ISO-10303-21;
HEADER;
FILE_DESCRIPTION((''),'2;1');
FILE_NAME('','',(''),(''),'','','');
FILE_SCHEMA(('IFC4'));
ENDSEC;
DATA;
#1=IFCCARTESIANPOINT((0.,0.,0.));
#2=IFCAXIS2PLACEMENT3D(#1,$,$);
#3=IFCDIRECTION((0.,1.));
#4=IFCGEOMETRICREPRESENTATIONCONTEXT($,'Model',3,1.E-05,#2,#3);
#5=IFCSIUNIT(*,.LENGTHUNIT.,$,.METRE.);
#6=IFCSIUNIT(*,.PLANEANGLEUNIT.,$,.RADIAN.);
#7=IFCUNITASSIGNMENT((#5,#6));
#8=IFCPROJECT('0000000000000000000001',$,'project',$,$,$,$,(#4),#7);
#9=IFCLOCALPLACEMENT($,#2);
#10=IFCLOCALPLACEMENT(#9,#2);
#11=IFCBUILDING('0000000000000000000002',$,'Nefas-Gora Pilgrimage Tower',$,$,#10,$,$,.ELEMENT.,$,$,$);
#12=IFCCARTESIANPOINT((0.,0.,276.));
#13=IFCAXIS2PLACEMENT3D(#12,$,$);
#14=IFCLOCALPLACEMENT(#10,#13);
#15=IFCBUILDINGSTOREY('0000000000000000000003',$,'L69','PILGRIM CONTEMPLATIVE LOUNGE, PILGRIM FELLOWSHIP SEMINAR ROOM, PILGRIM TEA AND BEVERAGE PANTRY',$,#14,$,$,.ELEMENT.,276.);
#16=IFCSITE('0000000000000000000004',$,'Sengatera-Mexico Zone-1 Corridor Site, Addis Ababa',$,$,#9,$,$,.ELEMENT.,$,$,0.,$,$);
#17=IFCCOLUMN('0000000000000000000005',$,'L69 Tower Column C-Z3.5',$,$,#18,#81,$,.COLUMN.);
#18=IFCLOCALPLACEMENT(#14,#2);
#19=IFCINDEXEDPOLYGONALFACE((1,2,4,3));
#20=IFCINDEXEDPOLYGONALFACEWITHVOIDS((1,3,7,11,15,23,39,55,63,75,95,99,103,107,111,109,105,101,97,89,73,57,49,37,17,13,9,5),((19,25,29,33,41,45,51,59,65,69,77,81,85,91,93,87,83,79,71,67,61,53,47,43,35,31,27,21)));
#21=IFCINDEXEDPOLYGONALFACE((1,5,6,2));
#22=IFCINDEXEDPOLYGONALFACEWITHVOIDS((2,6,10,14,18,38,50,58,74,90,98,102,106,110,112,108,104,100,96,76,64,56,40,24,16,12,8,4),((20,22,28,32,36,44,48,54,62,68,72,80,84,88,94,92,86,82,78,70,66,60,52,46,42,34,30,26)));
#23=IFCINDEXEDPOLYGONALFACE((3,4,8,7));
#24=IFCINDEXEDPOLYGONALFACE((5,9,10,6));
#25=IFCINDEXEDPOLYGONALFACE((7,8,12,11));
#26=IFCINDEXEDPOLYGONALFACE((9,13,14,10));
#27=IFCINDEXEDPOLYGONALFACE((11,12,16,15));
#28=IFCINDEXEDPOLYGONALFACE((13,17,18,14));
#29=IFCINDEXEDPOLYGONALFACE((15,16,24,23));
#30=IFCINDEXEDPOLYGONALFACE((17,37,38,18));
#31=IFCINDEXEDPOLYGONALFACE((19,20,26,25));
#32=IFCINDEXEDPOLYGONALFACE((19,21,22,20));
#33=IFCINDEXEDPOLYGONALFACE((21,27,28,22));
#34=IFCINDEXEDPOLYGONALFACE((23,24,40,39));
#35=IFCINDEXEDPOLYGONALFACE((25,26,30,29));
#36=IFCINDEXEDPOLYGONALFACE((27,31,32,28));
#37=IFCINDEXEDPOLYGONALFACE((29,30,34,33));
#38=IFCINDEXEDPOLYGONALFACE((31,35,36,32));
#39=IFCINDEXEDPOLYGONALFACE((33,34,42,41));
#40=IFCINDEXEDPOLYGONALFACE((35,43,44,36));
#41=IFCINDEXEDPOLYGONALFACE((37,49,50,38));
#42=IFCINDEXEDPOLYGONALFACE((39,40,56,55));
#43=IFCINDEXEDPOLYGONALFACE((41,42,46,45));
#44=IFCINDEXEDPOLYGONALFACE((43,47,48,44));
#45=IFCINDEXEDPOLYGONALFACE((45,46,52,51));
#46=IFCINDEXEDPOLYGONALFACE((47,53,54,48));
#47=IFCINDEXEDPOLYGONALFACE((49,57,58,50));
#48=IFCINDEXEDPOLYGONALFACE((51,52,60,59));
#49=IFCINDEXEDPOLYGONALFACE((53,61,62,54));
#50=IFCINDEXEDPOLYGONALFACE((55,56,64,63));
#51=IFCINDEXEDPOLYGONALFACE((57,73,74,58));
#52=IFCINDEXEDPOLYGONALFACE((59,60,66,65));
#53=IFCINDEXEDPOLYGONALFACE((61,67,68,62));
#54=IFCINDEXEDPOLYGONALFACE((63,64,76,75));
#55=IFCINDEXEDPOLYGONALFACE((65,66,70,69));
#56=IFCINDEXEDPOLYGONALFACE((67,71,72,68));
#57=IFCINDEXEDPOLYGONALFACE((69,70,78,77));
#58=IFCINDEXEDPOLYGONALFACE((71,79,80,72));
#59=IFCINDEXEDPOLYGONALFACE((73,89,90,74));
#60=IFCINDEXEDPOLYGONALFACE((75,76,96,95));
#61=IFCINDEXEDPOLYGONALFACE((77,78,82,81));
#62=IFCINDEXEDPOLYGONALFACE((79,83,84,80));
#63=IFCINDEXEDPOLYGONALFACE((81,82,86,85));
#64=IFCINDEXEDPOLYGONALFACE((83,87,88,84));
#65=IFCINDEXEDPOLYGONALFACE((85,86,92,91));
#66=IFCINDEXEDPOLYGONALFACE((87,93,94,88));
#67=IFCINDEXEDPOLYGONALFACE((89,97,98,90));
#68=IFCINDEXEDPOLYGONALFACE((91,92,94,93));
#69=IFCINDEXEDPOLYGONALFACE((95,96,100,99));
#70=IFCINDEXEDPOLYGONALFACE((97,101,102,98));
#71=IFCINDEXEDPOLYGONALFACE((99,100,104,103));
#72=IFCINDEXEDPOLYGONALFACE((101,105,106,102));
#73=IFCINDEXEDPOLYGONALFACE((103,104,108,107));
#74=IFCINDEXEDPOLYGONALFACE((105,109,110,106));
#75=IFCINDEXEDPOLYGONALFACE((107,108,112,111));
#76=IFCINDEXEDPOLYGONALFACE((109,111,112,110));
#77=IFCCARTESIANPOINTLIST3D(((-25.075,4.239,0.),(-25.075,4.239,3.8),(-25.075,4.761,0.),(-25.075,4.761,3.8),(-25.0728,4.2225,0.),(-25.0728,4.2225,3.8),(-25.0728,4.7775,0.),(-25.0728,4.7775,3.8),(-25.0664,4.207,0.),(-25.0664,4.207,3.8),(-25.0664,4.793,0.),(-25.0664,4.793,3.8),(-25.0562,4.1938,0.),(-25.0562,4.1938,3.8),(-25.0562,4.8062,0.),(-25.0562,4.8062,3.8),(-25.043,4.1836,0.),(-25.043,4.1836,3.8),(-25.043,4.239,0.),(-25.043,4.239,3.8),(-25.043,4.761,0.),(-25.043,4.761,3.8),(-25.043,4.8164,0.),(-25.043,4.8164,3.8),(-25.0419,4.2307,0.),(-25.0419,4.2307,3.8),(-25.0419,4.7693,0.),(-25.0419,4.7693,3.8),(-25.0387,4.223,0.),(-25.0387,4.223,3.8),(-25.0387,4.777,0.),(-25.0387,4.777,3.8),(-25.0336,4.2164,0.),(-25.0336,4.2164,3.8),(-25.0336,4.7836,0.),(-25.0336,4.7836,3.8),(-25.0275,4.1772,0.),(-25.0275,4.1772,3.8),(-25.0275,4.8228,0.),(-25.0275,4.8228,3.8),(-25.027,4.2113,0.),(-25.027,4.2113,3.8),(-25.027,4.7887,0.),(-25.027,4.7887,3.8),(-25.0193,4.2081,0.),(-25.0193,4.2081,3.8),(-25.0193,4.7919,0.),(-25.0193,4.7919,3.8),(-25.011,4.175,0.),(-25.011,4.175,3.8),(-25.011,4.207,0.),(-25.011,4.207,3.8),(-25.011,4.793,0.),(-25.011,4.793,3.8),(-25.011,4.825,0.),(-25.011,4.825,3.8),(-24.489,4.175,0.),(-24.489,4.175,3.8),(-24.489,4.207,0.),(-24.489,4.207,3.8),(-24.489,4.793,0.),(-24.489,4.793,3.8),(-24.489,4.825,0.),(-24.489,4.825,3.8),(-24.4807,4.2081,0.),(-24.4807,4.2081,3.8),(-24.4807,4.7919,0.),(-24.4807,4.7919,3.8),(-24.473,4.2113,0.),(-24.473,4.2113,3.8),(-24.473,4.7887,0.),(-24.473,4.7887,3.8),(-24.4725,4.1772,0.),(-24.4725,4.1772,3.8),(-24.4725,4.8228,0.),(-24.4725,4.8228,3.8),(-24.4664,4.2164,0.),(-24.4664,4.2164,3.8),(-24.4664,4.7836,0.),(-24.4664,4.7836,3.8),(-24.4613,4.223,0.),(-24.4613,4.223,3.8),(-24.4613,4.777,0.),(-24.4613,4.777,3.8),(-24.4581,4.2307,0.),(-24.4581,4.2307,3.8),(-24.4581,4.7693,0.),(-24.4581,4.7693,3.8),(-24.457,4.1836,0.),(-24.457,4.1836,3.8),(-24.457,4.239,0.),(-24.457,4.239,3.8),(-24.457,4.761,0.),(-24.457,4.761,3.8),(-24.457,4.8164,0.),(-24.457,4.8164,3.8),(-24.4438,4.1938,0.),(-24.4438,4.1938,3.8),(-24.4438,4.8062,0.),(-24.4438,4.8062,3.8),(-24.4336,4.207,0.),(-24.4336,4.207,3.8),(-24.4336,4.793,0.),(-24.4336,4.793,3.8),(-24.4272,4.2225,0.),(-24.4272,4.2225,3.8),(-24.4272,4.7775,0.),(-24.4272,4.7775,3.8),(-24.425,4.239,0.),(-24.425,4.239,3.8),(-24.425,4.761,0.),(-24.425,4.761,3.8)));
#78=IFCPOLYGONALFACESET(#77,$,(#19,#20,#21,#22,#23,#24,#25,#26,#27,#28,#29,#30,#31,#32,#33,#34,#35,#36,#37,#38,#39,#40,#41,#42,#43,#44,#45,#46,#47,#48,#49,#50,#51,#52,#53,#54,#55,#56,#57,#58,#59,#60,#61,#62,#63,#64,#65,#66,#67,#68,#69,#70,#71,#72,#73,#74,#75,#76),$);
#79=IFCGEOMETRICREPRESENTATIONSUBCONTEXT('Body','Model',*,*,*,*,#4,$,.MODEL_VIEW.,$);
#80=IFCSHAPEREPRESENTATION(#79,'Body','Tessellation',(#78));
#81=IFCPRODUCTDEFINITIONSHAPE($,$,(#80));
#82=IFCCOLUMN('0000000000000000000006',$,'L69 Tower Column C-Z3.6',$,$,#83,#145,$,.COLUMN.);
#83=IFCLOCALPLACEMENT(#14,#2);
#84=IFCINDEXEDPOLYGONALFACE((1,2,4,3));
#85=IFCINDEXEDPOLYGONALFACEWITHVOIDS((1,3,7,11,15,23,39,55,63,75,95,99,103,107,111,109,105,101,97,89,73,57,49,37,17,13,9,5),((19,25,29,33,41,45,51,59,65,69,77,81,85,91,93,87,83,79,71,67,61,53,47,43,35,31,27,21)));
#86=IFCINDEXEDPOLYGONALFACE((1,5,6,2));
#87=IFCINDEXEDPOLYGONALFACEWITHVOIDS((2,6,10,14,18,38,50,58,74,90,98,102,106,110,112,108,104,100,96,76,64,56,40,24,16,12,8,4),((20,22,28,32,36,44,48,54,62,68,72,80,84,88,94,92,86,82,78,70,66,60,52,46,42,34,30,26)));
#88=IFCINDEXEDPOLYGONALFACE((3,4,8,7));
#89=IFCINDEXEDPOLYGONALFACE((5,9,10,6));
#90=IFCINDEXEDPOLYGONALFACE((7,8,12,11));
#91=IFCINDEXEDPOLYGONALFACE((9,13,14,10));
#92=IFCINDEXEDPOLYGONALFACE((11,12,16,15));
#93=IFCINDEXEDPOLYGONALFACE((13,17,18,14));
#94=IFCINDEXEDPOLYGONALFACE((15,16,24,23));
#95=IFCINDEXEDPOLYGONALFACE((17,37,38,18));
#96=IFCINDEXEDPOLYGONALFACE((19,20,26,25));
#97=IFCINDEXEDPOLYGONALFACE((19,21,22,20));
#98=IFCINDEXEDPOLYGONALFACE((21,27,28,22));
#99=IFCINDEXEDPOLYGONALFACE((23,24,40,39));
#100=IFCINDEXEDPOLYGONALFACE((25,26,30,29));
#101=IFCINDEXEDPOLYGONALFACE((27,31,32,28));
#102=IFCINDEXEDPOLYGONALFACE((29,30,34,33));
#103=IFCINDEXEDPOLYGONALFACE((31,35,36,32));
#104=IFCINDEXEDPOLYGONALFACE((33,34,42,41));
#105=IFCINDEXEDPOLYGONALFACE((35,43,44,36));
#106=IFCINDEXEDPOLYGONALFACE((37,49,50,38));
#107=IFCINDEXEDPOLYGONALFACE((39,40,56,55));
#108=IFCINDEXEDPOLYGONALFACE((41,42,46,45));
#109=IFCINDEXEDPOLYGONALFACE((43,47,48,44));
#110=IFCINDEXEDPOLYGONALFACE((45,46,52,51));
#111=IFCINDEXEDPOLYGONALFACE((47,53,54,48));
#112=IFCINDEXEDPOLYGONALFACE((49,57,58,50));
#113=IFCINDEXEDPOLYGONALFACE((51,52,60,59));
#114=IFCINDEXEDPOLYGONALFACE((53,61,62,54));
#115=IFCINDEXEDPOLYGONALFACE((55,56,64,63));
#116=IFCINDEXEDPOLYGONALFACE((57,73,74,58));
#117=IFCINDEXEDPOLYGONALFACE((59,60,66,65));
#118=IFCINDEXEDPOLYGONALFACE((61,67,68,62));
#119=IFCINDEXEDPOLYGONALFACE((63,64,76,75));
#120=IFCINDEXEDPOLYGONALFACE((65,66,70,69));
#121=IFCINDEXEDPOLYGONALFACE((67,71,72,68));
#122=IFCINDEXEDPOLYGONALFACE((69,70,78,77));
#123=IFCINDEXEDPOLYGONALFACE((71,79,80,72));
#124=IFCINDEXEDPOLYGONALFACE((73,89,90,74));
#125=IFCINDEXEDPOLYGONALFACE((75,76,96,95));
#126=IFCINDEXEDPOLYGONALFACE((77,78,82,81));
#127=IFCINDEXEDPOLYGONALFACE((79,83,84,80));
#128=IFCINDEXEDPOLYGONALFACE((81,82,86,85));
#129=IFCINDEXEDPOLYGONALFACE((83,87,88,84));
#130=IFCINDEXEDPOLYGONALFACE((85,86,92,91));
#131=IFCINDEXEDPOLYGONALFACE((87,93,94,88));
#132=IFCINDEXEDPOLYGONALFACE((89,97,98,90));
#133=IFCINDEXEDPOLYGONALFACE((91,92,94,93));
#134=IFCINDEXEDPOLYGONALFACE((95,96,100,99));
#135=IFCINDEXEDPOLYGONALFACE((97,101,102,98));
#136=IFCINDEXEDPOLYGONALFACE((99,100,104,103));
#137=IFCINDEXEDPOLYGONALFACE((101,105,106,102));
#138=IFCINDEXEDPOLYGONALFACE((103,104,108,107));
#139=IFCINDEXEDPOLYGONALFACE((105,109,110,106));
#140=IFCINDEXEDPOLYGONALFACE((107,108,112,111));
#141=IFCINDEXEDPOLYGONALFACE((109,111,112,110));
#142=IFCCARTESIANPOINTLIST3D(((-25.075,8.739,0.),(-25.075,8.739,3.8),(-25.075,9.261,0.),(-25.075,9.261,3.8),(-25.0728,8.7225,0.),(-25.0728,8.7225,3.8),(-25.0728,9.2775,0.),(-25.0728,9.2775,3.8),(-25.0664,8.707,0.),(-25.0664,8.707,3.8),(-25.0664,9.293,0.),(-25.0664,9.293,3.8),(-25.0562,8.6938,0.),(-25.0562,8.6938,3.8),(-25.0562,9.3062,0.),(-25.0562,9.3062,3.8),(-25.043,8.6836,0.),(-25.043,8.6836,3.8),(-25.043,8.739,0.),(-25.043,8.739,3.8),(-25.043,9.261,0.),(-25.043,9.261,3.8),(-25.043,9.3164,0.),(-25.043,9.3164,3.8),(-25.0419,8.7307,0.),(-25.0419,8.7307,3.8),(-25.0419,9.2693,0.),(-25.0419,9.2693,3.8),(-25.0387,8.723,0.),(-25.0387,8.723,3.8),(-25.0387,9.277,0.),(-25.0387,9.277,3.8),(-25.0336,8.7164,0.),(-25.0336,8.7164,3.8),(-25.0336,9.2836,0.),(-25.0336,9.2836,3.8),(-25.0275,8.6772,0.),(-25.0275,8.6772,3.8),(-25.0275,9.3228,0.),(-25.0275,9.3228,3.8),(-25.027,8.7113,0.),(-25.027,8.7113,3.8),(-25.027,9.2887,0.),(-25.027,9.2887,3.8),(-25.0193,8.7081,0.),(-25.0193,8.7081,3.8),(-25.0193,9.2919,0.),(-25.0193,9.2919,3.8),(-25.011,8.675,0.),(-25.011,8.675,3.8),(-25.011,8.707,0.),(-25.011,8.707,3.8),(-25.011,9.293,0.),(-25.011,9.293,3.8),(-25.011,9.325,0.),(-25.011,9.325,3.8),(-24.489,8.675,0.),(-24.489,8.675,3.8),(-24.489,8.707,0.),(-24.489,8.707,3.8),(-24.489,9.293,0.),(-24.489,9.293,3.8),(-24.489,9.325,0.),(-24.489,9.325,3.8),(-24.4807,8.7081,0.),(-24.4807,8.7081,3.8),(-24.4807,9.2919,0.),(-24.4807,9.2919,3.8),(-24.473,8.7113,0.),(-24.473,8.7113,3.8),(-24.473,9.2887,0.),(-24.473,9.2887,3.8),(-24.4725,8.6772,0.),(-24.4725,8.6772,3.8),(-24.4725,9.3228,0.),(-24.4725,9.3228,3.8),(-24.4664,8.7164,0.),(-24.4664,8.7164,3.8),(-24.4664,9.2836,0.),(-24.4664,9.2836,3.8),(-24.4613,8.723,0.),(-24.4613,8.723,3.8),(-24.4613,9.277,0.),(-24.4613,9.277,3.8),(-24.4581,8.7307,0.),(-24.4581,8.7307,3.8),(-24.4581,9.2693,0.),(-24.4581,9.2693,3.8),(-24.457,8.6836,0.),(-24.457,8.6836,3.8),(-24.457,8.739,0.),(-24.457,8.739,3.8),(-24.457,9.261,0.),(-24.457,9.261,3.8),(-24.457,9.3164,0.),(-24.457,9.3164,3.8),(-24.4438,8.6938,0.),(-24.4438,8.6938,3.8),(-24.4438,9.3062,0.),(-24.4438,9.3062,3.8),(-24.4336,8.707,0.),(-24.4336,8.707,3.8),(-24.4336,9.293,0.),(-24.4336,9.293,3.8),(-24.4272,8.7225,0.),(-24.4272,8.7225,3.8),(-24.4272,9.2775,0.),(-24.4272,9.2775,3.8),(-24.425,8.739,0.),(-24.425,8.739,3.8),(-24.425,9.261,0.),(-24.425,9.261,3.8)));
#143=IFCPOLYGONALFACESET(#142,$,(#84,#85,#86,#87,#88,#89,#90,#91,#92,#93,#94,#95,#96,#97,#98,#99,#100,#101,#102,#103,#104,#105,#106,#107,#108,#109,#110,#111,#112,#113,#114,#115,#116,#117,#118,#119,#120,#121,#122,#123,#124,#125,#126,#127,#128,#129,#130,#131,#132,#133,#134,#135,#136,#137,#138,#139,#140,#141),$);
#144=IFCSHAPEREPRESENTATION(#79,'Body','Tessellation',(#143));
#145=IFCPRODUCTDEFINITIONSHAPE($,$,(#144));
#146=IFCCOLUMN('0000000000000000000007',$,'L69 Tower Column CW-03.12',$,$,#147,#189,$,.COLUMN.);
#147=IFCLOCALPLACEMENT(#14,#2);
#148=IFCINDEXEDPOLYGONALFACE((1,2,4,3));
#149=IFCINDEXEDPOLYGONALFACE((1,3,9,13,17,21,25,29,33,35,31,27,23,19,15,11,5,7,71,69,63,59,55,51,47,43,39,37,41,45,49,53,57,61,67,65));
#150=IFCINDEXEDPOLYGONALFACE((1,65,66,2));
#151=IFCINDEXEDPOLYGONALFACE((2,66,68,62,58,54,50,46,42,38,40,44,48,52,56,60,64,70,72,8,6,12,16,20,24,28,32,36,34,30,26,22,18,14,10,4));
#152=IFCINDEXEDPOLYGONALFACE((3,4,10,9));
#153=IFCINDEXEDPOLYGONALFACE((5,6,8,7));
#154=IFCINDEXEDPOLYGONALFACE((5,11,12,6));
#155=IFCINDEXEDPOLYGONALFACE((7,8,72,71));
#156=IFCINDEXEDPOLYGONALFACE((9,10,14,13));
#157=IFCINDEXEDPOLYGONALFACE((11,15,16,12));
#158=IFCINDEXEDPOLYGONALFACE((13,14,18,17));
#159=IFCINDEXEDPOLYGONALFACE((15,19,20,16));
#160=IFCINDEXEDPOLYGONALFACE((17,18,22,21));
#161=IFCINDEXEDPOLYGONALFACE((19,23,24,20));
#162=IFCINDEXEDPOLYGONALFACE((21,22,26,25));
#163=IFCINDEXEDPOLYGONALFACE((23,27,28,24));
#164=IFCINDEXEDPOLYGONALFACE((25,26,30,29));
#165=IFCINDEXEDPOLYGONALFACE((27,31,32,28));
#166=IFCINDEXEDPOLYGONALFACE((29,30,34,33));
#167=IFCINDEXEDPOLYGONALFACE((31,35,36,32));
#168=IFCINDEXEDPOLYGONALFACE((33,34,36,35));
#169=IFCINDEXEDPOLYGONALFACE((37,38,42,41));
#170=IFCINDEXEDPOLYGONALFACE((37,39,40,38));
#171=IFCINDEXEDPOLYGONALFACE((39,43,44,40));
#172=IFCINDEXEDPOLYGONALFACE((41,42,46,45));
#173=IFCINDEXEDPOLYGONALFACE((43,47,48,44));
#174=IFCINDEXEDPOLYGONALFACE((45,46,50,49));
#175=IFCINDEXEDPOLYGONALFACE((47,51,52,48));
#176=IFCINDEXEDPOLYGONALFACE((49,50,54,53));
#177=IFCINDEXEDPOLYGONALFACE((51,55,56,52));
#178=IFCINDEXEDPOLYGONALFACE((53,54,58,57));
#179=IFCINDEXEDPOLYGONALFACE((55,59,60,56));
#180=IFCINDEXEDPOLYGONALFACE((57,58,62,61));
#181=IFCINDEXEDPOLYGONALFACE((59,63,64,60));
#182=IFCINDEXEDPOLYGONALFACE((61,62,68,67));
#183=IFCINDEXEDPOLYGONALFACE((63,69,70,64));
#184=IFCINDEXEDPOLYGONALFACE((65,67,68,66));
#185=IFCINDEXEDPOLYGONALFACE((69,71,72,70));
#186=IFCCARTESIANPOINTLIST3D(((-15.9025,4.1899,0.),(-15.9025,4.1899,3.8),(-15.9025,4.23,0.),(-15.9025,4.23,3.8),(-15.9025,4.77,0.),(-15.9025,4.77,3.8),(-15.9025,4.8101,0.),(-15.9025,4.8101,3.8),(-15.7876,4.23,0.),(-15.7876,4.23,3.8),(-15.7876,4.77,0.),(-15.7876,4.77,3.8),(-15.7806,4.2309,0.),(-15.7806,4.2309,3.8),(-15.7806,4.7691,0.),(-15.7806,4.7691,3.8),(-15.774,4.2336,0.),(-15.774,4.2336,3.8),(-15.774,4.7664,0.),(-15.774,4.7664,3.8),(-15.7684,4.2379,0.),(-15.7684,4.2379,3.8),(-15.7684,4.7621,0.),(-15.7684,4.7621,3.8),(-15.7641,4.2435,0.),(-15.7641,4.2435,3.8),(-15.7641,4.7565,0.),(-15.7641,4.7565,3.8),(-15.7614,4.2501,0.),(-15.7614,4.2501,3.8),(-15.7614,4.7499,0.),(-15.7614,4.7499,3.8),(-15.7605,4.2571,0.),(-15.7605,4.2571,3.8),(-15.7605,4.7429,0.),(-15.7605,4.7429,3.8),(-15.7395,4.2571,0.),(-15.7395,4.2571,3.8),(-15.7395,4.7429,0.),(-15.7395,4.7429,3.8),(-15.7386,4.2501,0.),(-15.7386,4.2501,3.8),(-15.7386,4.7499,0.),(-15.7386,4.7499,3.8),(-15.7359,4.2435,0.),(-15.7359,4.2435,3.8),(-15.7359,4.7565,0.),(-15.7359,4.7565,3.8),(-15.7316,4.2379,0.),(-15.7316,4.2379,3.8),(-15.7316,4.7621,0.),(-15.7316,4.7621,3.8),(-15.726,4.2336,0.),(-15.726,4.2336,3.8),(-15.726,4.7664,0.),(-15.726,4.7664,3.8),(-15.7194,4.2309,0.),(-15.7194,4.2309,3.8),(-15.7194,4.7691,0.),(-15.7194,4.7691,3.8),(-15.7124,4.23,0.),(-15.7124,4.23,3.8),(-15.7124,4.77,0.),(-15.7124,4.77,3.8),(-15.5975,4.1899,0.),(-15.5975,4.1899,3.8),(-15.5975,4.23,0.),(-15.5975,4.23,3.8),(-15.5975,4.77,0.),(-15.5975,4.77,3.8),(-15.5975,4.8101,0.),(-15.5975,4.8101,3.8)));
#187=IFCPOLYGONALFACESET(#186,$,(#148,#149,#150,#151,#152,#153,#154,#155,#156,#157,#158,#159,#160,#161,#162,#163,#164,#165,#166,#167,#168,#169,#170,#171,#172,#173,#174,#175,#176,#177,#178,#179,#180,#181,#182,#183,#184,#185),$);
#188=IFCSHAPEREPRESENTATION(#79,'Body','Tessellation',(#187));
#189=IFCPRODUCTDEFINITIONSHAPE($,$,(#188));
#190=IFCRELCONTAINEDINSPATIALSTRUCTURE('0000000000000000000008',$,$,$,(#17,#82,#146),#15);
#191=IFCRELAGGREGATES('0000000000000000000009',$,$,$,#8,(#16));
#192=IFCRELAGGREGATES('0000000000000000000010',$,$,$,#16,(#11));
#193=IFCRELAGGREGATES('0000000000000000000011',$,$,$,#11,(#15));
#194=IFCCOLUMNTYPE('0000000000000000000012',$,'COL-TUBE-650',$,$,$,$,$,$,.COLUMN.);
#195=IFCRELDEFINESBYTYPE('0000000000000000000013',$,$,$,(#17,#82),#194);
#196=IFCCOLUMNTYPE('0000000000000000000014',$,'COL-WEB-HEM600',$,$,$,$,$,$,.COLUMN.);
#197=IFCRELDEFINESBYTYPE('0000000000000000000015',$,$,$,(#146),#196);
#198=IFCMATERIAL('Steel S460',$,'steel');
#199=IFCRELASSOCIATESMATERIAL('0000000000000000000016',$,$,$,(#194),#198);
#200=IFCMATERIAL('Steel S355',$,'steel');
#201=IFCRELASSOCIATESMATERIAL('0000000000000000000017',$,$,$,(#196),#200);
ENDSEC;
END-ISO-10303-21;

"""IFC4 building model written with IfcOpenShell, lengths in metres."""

from ifc_helpers import new_model, si_unit, direction, frame, origin, origin_2d, place, context, subcontext, project, spatial, hollow_rectangle, i_section, extrude, source, transform, mapped, material, material_profile, profile_set, type_object, element, save


model = new_model("IFC4")

# Units and contexts
model_context = context("Model", 3, precision=1e-05, world=origin(), true_north=direction((0.0, 1.0)))
body_context = subcontext(model_context, "Body", "Model", "MODEL_VIEW")
ifc_project = project(units=[si_unit("LENGTHUNIT", "METRE"), si_unit("PLANEANGLEUNIT", "RADIAN")], contexts=[model_context])

# Site, building, storey
site_placement = place(None, origin())
site = spatial("IfcSite", under=ifc_project, at=site_placement, Name="Sengatera-Mexico Zone-1 Corridor Site, Addis Ababa", CompositionType="ELEMENT", RefElevation=0.0)
building_placement = place(site_placement, origin())
building = spatial("IfcBuilding", under=site, at=building_placement, Name="Nefas-Gora Pilgrimage Tower", CompositionType="ELEMENT")
storey_placement = place(building_placement, frame((0.0, 0.0, 276.0)))
storey = spatial("IfcBuildingStorey", under=building, at=storey_placement, Name="L69", Description="PILGRIM CONTEMPLATIVE LOUNGE, PILGRIM FELLOWSHIP SEMINAR ROOM, PILGRIM TEA AND BEVERAGE PANTRY", CompositionType="ELEMENT", Elevation=276.0)

# Columns
ifc_material_1 = material(Name="Steel S460", Category="steel")
ifc_material_profile_1 = material_profile(ifc_material_1, hollow_rectangle(XDim=0.6499, YDim=0.6499, WallThickness=0.032, InnerFilletRadius=0.032, OuterFilletRadius=0.064, at=origin_2d()), Name="BOX 650x650x32")
ifc_profile_set_1 = profile_set([ifc_material_profile_1], Name="Steel S460")
column_type_1 = type_object("IfcColumnType", Name="COL-TUBE-650", PredefinedType="COLUMN", material=ifc_profile_set_1)
shared_shape_1 = source(origin(), body_context, "Body", "SweptSolid", [
    extrude(hollow_rectangle(XDim=0.6499, YDim=0.6499, WallThickness=0.032, InnerFilletRadius=0.032, OuterFilletRadius=0.064, at=origin_2d()), origin(), (0.0, 0.0, 1.0), 3.8),
])
for number, where, z_axis, x_axis, name in (
    (1, (-24.75, 4.5, 0.0), (0.0, 0.0, 1.0), (1.0, 0.0, 0.0), "L69 Tower Column C-Z3.5"),
    (2, (-24.75, 9.0, 0.0), (0.0, 0.0, 1.0), (1.0, 0.0, 0.0), "L69 Tower Column C-Z3.6"),
):
    element("IfcColumn", number, at=place(storey_placement, frame(where, z_axis=z_axis, x_axis=x_axis)), inside=storey, type_object=column_type_1, Name=name, PredefinedType="COLUMN", context=body_context, shape_type="MappedRepresentation", body=[
        mapped(shared_shape_1, transform((0.0, 0.0, 0.0), x_axis=(1.0, 0.0, 0.0), y_axis=(0.0, 1.0, 0.0), z_axis=(0.0, 0.0, 1.0), scale=1.0)),
    ])
ifc_material_2 = material(Name="Steel S355", Category="steel")
ifc_material_profile_2 = material_profile(ifc_material_2, i_section(OverallWidth=0.3049, OverallDepth=0.6201, WebThickness=0.021, FlangeThickness=0.04, FilletRadius=0.0271, at=origin_2d()), Name="HEM 600")
ifc_profile_set_2 = profile_set([ifc_material_profile_2], Name="Steel S355")
column_type_2 = type_object("IfcColumnType", Name="COL-WEB-HEM600", PredefinedType="COLUMN", material=ifc_profile_set_2)
shared_shape_2 = source(origin(), body_context, "Body", "SweptSolid", [
    extrude(i_section(OverallWidth=0.3049, OverallDepth=0.6201, WebThickness=0.021, FlangeThickness=0.04, FilletRadius=0.0271, at=origin_2d()), origin(), (0.0, 0.0, 1.0), 3.8),
])
for number, where, z_axis, x_axis, name in (
    (3, (-15.75, 4.5, 0.0), (0.0, 0.0, 1.0), (1.0, 0.0, 0.0), "L69 Tower Column CW-03.12"),
):
    element("IfcColumn", number, at=place(storey_placement, frame(where, z_axis=z_axis, x_axis=x_axis)), inside=storey, type_object=column_type_2, Name=name, PredefinedType="COLUMN", context=body_context, shape_type="MappedRepresentation", body=[
        mapped(shared_shape_2, transform((0.0, 0.0, 0.0), x_axis=(1.0, 0.0, 0.0), y_axis=(0.0, 1.0, 0.0), z_axis=(0.0, 0.0, 1.0), scale=1.0)),
    ])

save(model, "model.ifc")
